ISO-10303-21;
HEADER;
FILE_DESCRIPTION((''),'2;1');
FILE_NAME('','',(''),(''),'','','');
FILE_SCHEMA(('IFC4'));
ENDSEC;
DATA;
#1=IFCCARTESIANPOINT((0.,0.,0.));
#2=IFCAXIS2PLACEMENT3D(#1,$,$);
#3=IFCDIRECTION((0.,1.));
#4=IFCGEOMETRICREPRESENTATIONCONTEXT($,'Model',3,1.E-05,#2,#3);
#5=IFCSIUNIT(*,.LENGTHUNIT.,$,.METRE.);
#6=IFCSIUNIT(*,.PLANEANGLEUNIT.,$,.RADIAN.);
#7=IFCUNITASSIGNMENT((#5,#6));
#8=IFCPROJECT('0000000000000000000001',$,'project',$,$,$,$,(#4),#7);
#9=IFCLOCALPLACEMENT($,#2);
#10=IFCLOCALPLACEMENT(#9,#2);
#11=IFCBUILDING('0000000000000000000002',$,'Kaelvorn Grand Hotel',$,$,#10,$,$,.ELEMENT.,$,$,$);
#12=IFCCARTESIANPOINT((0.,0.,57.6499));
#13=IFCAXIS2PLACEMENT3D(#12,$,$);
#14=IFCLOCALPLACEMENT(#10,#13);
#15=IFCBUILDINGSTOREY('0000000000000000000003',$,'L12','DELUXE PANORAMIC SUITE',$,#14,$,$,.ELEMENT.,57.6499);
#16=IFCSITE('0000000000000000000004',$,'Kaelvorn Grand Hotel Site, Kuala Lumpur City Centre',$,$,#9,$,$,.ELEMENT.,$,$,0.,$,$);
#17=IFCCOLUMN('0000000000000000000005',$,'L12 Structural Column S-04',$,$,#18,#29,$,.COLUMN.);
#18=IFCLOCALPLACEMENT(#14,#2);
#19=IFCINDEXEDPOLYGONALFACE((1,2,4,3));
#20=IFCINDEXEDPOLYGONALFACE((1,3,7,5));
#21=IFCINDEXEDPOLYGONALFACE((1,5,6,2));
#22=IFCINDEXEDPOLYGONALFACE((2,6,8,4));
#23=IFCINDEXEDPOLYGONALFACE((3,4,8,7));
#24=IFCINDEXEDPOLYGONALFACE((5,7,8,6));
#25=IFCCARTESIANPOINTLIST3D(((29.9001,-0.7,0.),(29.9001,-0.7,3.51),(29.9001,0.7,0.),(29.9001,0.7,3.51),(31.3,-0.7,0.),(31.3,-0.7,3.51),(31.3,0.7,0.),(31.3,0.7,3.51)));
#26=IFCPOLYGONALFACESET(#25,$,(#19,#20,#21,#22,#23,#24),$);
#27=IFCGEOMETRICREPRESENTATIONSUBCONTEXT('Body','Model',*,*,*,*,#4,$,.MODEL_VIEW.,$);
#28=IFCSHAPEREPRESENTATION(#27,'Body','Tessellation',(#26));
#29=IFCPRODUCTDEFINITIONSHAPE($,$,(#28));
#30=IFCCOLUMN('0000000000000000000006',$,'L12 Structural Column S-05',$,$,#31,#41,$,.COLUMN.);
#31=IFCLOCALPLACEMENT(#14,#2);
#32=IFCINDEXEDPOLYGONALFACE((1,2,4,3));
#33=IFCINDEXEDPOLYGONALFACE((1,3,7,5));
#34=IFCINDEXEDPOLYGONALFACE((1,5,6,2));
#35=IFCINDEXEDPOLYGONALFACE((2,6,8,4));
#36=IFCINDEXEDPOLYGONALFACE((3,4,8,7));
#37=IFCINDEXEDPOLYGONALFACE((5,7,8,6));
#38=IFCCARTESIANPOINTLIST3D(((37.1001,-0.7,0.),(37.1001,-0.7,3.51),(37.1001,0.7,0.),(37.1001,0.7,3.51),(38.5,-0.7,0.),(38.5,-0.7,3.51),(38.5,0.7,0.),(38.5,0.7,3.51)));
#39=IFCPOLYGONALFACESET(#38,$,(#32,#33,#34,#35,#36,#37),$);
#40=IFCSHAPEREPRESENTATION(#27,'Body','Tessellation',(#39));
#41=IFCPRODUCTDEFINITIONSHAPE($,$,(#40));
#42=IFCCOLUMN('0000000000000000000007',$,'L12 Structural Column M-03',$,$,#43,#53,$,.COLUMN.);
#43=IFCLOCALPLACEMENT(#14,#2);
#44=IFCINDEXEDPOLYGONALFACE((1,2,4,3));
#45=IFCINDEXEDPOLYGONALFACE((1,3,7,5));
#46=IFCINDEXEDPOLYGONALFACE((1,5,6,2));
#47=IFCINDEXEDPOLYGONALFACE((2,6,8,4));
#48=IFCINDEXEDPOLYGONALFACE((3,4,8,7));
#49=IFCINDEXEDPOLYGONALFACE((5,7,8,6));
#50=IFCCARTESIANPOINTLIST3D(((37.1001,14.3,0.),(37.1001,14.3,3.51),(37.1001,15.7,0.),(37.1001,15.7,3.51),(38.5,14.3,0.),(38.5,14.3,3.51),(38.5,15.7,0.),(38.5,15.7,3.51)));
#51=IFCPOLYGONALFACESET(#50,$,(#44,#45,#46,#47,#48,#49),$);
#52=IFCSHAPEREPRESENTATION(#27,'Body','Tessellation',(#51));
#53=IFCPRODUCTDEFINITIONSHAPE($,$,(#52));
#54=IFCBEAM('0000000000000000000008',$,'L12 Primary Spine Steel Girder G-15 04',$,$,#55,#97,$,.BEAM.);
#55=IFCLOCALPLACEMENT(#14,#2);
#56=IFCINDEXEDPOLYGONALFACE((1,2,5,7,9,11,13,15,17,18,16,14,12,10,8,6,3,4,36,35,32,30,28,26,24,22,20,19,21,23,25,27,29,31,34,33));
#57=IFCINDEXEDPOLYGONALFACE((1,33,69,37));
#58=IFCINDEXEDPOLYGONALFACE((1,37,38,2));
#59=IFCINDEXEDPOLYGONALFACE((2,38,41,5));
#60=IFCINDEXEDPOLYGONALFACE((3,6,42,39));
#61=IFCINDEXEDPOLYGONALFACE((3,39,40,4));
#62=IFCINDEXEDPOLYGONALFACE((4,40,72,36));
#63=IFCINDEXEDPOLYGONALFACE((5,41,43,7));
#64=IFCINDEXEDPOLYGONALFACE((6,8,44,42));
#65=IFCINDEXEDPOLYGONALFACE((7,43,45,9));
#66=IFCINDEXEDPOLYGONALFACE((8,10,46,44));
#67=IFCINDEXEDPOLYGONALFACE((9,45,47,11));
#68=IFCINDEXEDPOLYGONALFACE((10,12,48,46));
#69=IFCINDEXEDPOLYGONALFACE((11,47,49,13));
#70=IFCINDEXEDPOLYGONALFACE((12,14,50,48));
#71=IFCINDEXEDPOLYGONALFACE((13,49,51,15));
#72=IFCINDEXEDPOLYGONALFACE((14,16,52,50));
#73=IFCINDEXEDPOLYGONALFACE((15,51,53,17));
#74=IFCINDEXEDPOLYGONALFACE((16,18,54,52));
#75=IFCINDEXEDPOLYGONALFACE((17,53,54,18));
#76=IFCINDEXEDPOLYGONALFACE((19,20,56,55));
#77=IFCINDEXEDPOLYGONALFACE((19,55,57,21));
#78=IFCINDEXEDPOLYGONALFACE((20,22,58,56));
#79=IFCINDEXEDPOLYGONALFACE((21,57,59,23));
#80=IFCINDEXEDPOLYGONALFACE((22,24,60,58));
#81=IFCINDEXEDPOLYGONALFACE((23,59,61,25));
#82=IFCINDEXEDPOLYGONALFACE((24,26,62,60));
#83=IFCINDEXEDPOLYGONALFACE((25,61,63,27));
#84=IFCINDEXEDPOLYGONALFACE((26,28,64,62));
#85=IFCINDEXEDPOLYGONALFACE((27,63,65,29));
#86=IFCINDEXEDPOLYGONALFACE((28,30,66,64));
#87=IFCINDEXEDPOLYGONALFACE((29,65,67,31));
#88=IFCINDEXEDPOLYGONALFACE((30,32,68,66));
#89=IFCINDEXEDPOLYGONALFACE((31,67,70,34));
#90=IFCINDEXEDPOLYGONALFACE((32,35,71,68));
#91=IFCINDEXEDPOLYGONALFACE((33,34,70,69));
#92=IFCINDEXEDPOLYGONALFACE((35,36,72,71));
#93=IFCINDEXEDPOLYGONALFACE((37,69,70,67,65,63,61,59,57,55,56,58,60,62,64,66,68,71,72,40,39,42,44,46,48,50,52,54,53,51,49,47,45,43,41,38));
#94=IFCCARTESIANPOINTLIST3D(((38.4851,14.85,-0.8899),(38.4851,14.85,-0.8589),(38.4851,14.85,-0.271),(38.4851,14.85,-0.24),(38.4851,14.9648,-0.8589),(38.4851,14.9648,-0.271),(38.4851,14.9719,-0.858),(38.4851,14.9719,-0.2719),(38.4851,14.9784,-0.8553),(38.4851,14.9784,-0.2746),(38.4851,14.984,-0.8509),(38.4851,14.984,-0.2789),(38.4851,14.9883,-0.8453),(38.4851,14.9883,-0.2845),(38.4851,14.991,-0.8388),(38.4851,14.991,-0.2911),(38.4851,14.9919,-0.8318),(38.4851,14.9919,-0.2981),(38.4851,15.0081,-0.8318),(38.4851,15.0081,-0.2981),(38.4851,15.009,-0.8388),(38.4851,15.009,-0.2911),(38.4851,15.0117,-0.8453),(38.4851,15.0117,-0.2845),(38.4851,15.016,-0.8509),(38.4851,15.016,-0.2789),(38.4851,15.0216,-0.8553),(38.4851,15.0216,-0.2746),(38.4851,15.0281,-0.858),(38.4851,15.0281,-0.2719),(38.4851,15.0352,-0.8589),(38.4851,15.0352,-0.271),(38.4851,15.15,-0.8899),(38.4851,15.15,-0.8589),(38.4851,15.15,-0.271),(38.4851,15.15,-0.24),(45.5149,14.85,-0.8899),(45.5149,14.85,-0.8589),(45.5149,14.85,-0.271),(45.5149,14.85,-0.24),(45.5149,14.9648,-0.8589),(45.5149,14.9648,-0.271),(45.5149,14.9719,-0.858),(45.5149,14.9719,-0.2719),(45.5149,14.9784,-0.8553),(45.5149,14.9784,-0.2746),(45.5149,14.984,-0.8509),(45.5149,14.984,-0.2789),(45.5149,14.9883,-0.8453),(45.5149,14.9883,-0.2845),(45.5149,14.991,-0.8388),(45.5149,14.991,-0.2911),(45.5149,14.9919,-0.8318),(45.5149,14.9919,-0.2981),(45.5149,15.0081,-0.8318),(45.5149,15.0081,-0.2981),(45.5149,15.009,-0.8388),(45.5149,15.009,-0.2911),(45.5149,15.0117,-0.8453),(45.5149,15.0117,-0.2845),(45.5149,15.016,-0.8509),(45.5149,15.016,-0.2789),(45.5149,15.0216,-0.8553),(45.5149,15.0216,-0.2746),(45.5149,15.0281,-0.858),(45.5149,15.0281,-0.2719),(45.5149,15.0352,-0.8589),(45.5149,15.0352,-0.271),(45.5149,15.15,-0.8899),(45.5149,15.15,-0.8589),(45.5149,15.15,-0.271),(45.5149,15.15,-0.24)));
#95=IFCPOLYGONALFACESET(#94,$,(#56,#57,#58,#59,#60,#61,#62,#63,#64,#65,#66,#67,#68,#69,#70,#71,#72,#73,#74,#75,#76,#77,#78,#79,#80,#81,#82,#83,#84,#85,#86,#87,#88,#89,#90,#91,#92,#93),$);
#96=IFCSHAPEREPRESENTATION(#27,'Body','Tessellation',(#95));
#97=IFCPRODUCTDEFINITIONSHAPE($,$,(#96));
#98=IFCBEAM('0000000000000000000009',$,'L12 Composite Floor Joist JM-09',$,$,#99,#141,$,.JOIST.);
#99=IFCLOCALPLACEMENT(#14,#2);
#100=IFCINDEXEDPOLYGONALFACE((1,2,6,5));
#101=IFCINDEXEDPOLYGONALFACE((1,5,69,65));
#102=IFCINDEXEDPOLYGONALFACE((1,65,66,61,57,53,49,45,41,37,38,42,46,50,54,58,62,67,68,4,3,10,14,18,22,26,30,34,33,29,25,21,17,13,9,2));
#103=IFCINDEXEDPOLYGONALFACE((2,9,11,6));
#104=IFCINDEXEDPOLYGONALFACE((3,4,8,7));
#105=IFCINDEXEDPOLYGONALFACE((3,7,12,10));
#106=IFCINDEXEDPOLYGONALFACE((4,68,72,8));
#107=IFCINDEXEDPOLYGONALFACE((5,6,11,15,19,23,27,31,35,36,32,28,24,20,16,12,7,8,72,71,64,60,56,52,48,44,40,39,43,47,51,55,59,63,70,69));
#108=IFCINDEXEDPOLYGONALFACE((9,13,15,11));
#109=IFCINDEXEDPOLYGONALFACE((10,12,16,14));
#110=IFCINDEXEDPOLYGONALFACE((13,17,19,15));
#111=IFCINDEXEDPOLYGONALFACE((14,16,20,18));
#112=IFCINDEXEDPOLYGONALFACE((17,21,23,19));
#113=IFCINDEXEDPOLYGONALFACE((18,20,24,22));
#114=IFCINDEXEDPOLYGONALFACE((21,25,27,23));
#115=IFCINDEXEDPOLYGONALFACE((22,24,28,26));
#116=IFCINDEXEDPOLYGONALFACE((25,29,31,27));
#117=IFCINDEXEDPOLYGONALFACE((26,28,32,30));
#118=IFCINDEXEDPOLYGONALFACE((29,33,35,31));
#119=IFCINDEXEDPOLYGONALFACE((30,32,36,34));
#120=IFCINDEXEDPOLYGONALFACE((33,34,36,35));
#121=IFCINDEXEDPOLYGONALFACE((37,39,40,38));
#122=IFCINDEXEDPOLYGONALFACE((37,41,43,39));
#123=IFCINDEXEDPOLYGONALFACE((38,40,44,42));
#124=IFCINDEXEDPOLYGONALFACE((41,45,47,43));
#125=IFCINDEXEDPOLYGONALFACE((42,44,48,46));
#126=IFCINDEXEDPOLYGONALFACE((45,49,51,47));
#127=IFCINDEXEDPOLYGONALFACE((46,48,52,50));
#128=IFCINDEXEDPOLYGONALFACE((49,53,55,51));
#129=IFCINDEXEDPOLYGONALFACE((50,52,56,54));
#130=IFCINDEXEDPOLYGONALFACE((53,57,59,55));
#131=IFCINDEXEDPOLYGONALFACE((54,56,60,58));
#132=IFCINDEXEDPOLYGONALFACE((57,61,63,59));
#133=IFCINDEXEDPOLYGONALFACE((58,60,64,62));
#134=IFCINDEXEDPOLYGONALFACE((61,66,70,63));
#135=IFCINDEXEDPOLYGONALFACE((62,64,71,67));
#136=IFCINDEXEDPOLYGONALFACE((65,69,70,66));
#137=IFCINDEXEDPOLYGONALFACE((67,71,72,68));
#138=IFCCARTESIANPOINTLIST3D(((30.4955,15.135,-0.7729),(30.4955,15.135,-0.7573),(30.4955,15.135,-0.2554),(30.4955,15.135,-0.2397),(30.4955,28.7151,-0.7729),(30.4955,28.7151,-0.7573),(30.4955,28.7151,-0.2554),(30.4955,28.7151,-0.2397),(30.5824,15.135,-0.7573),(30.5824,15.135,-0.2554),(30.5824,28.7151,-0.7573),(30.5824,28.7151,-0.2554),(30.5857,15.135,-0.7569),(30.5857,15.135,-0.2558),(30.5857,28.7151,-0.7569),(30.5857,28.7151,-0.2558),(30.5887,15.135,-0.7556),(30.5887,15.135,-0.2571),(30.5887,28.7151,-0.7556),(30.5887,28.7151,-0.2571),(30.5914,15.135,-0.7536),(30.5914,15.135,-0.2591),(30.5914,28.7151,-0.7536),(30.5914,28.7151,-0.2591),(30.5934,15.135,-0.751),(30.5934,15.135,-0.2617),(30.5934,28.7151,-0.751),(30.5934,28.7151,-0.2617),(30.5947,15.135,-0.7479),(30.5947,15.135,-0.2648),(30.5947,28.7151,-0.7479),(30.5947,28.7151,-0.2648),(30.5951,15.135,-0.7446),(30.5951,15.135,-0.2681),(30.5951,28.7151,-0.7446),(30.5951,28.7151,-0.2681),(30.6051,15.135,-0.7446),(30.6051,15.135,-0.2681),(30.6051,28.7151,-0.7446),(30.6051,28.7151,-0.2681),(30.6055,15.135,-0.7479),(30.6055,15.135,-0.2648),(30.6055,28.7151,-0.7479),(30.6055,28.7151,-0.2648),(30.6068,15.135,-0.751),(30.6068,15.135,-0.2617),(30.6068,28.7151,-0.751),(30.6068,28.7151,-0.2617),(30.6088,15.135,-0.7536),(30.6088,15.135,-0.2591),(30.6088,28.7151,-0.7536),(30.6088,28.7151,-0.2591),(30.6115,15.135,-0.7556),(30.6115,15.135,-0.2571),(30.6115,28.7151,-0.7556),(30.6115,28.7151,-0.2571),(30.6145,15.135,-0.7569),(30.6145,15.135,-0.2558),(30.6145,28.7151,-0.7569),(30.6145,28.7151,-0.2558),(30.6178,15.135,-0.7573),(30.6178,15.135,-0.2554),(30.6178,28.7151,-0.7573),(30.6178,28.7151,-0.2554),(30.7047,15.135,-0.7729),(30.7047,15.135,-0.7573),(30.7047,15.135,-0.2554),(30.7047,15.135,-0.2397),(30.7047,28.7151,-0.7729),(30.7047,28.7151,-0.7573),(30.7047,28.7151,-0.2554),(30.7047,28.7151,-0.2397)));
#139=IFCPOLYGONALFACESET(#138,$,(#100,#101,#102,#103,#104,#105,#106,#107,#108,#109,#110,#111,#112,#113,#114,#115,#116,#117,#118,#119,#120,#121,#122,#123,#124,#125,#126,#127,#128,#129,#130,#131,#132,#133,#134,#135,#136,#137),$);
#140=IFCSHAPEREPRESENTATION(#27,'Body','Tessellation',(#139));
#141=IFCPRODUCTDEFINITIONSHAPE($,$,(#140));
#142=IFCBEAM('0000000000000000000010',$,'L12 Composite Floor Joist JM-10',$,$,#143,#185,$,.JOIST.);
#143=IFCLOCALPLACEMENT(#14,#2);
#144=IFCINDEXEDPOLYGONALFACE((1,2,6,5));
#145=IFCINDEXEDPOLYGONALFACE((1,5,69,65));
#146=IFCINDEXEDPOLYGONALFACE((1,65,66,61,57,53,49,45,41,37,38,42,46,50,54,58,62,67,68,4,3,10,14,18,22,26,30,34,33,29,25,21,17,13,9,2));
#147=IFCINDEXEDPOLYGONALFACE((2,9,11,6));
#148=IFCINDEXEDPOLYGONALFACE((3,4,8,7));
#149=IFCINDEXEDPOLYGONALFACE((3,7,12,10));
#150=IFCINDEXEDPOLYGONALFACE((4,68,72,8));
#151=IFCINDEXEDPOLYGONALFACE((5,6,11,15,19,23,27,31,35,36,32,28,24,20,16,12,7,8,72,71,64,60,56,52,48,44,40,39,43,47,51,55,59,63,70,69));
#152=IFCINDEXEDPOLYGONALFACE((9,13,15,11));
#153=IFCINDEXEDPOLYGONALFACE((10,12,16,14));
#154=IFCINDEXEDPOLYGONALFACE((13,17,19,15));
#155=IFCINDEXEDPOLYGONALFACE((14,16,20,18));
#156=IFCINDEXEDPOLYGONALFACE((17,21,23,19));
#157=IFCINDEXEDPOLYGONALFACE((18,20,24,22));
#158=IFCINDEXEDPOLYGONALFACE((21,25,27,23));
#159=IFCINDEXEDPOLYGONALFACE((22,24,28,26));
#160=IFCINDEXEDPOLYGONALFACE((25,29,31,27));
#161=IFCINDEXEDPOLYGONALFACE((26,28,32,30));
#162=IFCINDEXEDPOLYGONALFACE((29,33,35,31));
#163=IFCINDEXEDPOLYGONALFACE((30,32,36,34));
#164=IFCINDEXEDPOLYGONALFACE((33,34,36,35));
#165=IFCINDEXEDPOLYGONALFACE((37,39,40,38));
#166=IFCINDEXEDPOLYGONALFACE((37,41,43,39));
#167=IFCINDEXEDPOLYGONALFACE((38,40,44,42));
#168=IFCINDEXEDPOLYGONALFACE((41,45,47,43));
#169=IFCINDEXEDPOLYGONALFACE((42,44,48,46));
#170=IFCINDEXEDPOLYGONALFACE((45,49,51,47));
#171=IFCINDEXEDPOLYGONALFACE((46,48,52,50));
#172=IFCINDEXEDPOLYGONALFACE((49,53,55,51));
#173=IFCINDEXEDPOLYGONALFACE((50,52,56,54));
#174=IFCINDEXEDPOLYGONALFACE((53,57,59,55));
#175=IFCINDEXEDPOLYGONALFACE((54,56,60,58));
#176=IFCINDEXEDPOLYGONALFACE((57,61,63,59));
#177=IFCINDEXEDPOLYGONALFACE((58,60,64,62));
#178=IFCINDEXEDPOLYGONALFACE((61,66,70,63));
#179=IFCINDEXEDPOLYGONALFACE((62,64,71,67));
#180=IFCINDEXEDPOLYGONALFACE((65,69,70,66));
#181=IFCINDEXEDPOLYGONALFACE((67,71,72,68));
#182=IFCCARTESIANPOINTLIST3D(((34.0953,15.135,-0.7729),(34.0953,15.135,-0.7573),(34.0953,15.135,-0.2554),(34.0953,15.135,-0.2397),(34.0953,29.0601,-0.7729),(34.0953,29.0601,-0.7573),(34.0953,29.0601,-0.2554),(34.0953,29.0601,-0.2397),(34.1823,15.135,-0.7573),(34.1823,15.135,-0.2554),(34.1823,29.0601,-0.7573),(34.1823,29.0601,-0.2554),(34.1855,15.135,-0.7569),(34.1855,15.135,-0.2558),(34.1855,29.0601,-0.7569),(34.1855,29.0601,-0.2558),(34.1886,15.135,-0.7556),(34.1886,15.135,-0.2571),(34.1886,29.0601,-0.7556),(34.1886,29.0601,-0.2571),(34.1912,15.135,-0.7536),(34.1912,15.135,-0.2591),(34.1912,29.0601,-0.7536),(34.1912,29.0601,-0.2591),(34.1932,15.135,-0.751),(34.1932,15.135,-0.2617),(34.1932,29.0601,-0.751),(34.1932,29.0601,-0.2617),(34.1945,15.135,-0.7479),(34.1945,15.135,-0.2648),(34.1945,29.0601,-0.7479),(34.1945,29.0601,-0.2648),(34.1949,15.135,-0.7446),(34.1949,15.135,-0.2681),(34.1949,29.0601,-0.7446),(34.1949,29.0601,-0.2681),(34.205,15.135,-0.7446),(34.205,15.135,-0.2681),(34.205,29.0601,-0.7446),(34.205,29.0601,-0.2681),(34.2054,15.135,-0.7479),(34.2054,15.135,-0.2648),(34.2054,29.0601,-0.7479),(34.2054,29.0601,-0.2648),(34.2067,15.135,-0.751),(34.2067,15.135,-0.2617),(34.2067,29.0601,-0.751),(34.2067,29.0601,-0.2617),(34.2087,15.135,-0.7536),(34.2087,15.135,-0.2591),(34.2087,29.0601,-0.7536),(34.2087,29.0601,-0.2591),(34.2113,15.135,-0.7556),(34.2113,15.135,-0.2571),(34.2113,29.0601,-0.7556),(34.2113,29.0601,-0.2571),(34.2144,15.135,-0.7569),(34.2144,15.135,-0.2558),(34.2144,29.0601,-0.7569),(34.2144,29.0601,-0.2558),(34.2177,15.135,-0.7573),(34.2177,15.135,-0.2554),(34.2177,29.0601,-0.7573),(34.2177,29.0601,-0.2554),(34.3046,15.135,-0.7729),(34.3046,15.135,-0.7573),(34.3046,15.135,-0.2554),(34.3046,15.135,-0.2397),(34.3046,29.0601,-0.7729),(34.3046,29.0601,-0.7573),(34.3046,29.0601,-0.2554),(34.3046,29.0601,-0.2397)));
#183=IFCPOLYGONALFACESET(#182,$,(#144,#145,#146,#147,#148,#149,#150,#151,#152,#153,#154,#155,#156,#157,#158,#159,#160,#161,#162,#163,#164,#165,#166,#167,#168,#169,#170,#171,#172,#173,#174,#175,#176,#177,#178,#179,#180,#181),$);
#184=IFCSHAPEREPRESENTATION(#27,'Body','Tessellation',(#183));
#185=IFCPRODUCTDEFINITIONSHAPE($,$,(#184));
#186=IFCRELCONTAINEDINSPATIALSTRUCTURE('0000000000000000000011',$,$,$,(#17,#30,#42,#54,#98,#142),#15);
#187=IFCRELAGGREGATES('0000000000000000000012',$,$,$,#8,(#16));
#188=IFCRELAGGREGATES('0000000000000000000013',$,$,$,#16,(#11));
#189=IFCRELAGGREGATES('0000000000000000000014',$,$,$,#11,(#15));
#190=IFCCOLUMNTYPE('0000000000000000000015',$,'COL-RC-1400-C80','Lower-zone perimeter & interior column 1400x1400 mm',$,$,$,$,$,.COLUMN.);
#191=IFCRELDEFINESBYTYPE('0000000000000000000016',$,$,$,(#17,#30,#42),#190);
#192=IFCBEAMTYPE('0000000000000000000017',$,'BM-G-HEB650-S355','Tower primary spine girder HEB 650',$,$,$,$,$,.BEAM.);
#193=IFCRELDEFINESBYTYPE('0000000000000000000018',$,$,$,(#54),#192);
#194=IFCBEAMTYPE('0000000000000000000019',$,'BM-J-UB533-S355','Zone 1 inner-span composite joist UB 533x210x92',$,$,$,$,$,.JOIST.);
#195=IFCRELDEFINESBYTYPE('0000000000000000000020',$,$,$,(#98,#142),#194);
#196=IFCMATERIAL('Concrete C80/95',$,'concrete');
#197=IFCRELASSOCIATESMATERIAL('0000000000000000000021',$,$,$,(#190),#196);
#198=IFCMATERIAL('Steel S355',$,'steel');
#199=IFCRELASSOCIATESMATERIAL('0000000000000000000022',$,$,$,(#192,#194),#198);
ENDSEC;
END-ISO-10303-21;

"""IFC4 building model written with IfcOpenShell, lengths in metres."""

from ifc_helpers import new_model, si_unit, direction, frame, origin, origin_2d, place, context, subcontext, project, spatial, rectangle, i_section, extrude, material, material_profile, profile_set, type_object, element, save


model = new_model("IFC4")

# Units and contexts
model_context = context("Model", 3, precision=1e-05, world=origin(), true_north=direction((0.0, 1.0)))
body_context = subcontext(model_context, "Body", "Model", "MODEL_VIEW")
ifc_project = project(units=[si_unit("LENGTHUNIT", "METRE"), si_unit("PLANEANGLEUNIT", "RADIAN")], contexts=[model_context])

# Site, building, storey
site_placement = place(None, origin())
site = spatial("IfcSite", under=ifc_project, at=site_placement, Name="Kaelvorn Grand Hotel Site, Kuala Lumpur City Centre", CompositionType="ELEMENT", RefElevation=0.0)
building_placement = place(site_placement, origin())
building = spatial("IfcBuilding", under=site, at=building_placement, Name="Kaelvorn Grand Hotel", CompositionType="ELEMENT")
storey_placement = place(building_placement, frame((0.0, 0.0, 57.6499)))
storey = spatial("IfcBuildingStorey", under=building, at=storey_placement, Name="L12", Description="DELUXE PANORAMIC SUITE", CompositionType="ELEMENT", Elevation=57.6499)

# Columns
ifc_material_1 = material(Name="Concrete C80/95", Category="concrete")
ifc_material_profile_1 = material_profile(ifc_material_1, rectangle(XDim=1.3999, YDim=1.3999, at=origin_2d()), Name="RC COL 1400x1400")
ifc_profile_set_1 = profile_set([ifc_material_profile_1], Name="Concrete C80/95")
column_type = type_object("IfcColumnType", Name="COL-RC-1400-C80", Description="Lower-zone perimeter & interior column 1400x1400 mm", PredefinedType="COLUMN", material=ifc_profile_set_1)
for number, where, z_axis, x_axis, name in (
    (1, (30.6001, 0.0, 0.0), (0.0, 0.0, 1.0), (1.0, 0.0, 0.0), "L12 Structural Column S-04"),
    (2, (37.8, 0.0, 0.0), (0.0, 0.0, 1.0), (1.0, 0.0, 0.0), "L12 Structural Column S-05"),
    (3, (37.8, 15.0, 0.0), (0.0, 0.0, 1.0), (1.0, 0.0, 0.0), "L12 Structural Column M-03"),
):
    element("IfcColumn", number, at=place(storey_placement, frame(where, z_axis=z_axis, x_axis=x_axis)), inside=storey, type_object=column_type, Name=name, PredefinedType="COLUMN", context=body_context, shape_type="SweptSolid", body=[
        extrude(rectangle(XDim=1.3999, YDim=1.3999, at=origin_2d()), origin(), (0.0, 0.0, 1.0), 3.51),
    ])

# Beams
ifc_material_2 = material(Name="Steel S355", Category="steel")
ifc_material_profile_2 = material_profile(ifc_material_2, i_section(OverallWidth=0.3, OverallDepth=0.6499, WebThickness=0.0161, FlangeThickness=0.031, FilletRadius=0.0271, at=origin_2d()), Name="HEB 650")
ifc_profile_set_2 = profile_set([ifc_material_profile_2], Name="Steel S355")
beam_type_1 = type_object("IfcBeamType", Name="BM-G-HEB650-S355", Description="Tower primary spine girder HEB 650", PredefinedType="BEAM", material=ifc_profile_set_2)
beam_1_placement = place(storey_placement, frame((38.4851, 15.0, -0.5649), z_axis=(1.0, 0.0, 0.0), x_axis=(0.0, 1.0, 0.0)))
element("IfcBeam", 4, at=beam_1_placement, inside=storey, type_object=beam_type_1, Name="L12 Primary Spine Steel Girder G-15 04", PredefinedType="BEAM", context=body_context, shape_type="SweptSolid", body=[
    extrude(i_section(OverallWidth=0.3, OverallDepth=0.6499, WebThickness=0.0161, FlangeThickness=0.031, FilletRadius=0.0271, at=origin_2d()), origin(), (0.0, 0.0, 1.0), 7.0298),
])
ifc_material_profile_3 = material_profile(ifc_material_2, i_section(OverallWidth=0.2092, OverallDepth=0.5332, WebThickness=0.01, FlangeThickness=0.0156, FilletRadius=0.0127, at=origin_2d()), Name="UB 533x210x92")
ifc_profile_set_3 = profile_set([ifc_material_profile_3], Name="Steel S355")
beam_type_2 = type_object("IfcBeamType", Name="BM-J-UB533-S355", Description="Zone 1 inner-span composite joist UB 533x210x92", PredefinedType="JOIST", material=ifc_profile_set_3)
beam_2_placement = place(storey_placement, frame((30.6001, 15.135, -0.5063), z_axis=(0.0, 1.0, 0.0), x_axis=(-1.0, 0.0, 0.0)))
element("IfcBeam", 5, at=beam_2_placement, inside=storey, type_object=beam_type_2, Name="L12 Composite Floor Joist JM-09", PredefinedType="JOIST", context=body_context, shape_type="SweptSolid", body=[
    extrude(i_section(OverallWidth=0.2092, OverallDepth=0.5332, WebThickness=0.01, FlangeThickness=0.0156, FilletRadius=0.0127, at=origin_2d()), origin(), (0.0, 0.0, 1.0), 13.5801),
])
beam_3_placement = place(storey_placement, frame((34.2, 15.135, -0.5063), z_axis=(0.0, 1.0, 0.0), x_axis=(-1.0, 0.0, 0.0)))
element("IfcBeam", 6, at=beam_3_placement, inside=storey, type_object=beam_type_2, Name="L12 Composite Floor Joist JM-10", PredefinedType="JOIST", context=body_context, shape_type="SweptSolid", body=[
    extrude(i_section(OverallWidth=0.2092, OverallDepth=0.5332, WebThickness=0.01, FlangeThickness=0.0156, FilletRadius=0.0127, at=origin_2d()), origin(), (0.0, 0.0, 1.0), 13.925),
])

save(model, "model.ifc")
